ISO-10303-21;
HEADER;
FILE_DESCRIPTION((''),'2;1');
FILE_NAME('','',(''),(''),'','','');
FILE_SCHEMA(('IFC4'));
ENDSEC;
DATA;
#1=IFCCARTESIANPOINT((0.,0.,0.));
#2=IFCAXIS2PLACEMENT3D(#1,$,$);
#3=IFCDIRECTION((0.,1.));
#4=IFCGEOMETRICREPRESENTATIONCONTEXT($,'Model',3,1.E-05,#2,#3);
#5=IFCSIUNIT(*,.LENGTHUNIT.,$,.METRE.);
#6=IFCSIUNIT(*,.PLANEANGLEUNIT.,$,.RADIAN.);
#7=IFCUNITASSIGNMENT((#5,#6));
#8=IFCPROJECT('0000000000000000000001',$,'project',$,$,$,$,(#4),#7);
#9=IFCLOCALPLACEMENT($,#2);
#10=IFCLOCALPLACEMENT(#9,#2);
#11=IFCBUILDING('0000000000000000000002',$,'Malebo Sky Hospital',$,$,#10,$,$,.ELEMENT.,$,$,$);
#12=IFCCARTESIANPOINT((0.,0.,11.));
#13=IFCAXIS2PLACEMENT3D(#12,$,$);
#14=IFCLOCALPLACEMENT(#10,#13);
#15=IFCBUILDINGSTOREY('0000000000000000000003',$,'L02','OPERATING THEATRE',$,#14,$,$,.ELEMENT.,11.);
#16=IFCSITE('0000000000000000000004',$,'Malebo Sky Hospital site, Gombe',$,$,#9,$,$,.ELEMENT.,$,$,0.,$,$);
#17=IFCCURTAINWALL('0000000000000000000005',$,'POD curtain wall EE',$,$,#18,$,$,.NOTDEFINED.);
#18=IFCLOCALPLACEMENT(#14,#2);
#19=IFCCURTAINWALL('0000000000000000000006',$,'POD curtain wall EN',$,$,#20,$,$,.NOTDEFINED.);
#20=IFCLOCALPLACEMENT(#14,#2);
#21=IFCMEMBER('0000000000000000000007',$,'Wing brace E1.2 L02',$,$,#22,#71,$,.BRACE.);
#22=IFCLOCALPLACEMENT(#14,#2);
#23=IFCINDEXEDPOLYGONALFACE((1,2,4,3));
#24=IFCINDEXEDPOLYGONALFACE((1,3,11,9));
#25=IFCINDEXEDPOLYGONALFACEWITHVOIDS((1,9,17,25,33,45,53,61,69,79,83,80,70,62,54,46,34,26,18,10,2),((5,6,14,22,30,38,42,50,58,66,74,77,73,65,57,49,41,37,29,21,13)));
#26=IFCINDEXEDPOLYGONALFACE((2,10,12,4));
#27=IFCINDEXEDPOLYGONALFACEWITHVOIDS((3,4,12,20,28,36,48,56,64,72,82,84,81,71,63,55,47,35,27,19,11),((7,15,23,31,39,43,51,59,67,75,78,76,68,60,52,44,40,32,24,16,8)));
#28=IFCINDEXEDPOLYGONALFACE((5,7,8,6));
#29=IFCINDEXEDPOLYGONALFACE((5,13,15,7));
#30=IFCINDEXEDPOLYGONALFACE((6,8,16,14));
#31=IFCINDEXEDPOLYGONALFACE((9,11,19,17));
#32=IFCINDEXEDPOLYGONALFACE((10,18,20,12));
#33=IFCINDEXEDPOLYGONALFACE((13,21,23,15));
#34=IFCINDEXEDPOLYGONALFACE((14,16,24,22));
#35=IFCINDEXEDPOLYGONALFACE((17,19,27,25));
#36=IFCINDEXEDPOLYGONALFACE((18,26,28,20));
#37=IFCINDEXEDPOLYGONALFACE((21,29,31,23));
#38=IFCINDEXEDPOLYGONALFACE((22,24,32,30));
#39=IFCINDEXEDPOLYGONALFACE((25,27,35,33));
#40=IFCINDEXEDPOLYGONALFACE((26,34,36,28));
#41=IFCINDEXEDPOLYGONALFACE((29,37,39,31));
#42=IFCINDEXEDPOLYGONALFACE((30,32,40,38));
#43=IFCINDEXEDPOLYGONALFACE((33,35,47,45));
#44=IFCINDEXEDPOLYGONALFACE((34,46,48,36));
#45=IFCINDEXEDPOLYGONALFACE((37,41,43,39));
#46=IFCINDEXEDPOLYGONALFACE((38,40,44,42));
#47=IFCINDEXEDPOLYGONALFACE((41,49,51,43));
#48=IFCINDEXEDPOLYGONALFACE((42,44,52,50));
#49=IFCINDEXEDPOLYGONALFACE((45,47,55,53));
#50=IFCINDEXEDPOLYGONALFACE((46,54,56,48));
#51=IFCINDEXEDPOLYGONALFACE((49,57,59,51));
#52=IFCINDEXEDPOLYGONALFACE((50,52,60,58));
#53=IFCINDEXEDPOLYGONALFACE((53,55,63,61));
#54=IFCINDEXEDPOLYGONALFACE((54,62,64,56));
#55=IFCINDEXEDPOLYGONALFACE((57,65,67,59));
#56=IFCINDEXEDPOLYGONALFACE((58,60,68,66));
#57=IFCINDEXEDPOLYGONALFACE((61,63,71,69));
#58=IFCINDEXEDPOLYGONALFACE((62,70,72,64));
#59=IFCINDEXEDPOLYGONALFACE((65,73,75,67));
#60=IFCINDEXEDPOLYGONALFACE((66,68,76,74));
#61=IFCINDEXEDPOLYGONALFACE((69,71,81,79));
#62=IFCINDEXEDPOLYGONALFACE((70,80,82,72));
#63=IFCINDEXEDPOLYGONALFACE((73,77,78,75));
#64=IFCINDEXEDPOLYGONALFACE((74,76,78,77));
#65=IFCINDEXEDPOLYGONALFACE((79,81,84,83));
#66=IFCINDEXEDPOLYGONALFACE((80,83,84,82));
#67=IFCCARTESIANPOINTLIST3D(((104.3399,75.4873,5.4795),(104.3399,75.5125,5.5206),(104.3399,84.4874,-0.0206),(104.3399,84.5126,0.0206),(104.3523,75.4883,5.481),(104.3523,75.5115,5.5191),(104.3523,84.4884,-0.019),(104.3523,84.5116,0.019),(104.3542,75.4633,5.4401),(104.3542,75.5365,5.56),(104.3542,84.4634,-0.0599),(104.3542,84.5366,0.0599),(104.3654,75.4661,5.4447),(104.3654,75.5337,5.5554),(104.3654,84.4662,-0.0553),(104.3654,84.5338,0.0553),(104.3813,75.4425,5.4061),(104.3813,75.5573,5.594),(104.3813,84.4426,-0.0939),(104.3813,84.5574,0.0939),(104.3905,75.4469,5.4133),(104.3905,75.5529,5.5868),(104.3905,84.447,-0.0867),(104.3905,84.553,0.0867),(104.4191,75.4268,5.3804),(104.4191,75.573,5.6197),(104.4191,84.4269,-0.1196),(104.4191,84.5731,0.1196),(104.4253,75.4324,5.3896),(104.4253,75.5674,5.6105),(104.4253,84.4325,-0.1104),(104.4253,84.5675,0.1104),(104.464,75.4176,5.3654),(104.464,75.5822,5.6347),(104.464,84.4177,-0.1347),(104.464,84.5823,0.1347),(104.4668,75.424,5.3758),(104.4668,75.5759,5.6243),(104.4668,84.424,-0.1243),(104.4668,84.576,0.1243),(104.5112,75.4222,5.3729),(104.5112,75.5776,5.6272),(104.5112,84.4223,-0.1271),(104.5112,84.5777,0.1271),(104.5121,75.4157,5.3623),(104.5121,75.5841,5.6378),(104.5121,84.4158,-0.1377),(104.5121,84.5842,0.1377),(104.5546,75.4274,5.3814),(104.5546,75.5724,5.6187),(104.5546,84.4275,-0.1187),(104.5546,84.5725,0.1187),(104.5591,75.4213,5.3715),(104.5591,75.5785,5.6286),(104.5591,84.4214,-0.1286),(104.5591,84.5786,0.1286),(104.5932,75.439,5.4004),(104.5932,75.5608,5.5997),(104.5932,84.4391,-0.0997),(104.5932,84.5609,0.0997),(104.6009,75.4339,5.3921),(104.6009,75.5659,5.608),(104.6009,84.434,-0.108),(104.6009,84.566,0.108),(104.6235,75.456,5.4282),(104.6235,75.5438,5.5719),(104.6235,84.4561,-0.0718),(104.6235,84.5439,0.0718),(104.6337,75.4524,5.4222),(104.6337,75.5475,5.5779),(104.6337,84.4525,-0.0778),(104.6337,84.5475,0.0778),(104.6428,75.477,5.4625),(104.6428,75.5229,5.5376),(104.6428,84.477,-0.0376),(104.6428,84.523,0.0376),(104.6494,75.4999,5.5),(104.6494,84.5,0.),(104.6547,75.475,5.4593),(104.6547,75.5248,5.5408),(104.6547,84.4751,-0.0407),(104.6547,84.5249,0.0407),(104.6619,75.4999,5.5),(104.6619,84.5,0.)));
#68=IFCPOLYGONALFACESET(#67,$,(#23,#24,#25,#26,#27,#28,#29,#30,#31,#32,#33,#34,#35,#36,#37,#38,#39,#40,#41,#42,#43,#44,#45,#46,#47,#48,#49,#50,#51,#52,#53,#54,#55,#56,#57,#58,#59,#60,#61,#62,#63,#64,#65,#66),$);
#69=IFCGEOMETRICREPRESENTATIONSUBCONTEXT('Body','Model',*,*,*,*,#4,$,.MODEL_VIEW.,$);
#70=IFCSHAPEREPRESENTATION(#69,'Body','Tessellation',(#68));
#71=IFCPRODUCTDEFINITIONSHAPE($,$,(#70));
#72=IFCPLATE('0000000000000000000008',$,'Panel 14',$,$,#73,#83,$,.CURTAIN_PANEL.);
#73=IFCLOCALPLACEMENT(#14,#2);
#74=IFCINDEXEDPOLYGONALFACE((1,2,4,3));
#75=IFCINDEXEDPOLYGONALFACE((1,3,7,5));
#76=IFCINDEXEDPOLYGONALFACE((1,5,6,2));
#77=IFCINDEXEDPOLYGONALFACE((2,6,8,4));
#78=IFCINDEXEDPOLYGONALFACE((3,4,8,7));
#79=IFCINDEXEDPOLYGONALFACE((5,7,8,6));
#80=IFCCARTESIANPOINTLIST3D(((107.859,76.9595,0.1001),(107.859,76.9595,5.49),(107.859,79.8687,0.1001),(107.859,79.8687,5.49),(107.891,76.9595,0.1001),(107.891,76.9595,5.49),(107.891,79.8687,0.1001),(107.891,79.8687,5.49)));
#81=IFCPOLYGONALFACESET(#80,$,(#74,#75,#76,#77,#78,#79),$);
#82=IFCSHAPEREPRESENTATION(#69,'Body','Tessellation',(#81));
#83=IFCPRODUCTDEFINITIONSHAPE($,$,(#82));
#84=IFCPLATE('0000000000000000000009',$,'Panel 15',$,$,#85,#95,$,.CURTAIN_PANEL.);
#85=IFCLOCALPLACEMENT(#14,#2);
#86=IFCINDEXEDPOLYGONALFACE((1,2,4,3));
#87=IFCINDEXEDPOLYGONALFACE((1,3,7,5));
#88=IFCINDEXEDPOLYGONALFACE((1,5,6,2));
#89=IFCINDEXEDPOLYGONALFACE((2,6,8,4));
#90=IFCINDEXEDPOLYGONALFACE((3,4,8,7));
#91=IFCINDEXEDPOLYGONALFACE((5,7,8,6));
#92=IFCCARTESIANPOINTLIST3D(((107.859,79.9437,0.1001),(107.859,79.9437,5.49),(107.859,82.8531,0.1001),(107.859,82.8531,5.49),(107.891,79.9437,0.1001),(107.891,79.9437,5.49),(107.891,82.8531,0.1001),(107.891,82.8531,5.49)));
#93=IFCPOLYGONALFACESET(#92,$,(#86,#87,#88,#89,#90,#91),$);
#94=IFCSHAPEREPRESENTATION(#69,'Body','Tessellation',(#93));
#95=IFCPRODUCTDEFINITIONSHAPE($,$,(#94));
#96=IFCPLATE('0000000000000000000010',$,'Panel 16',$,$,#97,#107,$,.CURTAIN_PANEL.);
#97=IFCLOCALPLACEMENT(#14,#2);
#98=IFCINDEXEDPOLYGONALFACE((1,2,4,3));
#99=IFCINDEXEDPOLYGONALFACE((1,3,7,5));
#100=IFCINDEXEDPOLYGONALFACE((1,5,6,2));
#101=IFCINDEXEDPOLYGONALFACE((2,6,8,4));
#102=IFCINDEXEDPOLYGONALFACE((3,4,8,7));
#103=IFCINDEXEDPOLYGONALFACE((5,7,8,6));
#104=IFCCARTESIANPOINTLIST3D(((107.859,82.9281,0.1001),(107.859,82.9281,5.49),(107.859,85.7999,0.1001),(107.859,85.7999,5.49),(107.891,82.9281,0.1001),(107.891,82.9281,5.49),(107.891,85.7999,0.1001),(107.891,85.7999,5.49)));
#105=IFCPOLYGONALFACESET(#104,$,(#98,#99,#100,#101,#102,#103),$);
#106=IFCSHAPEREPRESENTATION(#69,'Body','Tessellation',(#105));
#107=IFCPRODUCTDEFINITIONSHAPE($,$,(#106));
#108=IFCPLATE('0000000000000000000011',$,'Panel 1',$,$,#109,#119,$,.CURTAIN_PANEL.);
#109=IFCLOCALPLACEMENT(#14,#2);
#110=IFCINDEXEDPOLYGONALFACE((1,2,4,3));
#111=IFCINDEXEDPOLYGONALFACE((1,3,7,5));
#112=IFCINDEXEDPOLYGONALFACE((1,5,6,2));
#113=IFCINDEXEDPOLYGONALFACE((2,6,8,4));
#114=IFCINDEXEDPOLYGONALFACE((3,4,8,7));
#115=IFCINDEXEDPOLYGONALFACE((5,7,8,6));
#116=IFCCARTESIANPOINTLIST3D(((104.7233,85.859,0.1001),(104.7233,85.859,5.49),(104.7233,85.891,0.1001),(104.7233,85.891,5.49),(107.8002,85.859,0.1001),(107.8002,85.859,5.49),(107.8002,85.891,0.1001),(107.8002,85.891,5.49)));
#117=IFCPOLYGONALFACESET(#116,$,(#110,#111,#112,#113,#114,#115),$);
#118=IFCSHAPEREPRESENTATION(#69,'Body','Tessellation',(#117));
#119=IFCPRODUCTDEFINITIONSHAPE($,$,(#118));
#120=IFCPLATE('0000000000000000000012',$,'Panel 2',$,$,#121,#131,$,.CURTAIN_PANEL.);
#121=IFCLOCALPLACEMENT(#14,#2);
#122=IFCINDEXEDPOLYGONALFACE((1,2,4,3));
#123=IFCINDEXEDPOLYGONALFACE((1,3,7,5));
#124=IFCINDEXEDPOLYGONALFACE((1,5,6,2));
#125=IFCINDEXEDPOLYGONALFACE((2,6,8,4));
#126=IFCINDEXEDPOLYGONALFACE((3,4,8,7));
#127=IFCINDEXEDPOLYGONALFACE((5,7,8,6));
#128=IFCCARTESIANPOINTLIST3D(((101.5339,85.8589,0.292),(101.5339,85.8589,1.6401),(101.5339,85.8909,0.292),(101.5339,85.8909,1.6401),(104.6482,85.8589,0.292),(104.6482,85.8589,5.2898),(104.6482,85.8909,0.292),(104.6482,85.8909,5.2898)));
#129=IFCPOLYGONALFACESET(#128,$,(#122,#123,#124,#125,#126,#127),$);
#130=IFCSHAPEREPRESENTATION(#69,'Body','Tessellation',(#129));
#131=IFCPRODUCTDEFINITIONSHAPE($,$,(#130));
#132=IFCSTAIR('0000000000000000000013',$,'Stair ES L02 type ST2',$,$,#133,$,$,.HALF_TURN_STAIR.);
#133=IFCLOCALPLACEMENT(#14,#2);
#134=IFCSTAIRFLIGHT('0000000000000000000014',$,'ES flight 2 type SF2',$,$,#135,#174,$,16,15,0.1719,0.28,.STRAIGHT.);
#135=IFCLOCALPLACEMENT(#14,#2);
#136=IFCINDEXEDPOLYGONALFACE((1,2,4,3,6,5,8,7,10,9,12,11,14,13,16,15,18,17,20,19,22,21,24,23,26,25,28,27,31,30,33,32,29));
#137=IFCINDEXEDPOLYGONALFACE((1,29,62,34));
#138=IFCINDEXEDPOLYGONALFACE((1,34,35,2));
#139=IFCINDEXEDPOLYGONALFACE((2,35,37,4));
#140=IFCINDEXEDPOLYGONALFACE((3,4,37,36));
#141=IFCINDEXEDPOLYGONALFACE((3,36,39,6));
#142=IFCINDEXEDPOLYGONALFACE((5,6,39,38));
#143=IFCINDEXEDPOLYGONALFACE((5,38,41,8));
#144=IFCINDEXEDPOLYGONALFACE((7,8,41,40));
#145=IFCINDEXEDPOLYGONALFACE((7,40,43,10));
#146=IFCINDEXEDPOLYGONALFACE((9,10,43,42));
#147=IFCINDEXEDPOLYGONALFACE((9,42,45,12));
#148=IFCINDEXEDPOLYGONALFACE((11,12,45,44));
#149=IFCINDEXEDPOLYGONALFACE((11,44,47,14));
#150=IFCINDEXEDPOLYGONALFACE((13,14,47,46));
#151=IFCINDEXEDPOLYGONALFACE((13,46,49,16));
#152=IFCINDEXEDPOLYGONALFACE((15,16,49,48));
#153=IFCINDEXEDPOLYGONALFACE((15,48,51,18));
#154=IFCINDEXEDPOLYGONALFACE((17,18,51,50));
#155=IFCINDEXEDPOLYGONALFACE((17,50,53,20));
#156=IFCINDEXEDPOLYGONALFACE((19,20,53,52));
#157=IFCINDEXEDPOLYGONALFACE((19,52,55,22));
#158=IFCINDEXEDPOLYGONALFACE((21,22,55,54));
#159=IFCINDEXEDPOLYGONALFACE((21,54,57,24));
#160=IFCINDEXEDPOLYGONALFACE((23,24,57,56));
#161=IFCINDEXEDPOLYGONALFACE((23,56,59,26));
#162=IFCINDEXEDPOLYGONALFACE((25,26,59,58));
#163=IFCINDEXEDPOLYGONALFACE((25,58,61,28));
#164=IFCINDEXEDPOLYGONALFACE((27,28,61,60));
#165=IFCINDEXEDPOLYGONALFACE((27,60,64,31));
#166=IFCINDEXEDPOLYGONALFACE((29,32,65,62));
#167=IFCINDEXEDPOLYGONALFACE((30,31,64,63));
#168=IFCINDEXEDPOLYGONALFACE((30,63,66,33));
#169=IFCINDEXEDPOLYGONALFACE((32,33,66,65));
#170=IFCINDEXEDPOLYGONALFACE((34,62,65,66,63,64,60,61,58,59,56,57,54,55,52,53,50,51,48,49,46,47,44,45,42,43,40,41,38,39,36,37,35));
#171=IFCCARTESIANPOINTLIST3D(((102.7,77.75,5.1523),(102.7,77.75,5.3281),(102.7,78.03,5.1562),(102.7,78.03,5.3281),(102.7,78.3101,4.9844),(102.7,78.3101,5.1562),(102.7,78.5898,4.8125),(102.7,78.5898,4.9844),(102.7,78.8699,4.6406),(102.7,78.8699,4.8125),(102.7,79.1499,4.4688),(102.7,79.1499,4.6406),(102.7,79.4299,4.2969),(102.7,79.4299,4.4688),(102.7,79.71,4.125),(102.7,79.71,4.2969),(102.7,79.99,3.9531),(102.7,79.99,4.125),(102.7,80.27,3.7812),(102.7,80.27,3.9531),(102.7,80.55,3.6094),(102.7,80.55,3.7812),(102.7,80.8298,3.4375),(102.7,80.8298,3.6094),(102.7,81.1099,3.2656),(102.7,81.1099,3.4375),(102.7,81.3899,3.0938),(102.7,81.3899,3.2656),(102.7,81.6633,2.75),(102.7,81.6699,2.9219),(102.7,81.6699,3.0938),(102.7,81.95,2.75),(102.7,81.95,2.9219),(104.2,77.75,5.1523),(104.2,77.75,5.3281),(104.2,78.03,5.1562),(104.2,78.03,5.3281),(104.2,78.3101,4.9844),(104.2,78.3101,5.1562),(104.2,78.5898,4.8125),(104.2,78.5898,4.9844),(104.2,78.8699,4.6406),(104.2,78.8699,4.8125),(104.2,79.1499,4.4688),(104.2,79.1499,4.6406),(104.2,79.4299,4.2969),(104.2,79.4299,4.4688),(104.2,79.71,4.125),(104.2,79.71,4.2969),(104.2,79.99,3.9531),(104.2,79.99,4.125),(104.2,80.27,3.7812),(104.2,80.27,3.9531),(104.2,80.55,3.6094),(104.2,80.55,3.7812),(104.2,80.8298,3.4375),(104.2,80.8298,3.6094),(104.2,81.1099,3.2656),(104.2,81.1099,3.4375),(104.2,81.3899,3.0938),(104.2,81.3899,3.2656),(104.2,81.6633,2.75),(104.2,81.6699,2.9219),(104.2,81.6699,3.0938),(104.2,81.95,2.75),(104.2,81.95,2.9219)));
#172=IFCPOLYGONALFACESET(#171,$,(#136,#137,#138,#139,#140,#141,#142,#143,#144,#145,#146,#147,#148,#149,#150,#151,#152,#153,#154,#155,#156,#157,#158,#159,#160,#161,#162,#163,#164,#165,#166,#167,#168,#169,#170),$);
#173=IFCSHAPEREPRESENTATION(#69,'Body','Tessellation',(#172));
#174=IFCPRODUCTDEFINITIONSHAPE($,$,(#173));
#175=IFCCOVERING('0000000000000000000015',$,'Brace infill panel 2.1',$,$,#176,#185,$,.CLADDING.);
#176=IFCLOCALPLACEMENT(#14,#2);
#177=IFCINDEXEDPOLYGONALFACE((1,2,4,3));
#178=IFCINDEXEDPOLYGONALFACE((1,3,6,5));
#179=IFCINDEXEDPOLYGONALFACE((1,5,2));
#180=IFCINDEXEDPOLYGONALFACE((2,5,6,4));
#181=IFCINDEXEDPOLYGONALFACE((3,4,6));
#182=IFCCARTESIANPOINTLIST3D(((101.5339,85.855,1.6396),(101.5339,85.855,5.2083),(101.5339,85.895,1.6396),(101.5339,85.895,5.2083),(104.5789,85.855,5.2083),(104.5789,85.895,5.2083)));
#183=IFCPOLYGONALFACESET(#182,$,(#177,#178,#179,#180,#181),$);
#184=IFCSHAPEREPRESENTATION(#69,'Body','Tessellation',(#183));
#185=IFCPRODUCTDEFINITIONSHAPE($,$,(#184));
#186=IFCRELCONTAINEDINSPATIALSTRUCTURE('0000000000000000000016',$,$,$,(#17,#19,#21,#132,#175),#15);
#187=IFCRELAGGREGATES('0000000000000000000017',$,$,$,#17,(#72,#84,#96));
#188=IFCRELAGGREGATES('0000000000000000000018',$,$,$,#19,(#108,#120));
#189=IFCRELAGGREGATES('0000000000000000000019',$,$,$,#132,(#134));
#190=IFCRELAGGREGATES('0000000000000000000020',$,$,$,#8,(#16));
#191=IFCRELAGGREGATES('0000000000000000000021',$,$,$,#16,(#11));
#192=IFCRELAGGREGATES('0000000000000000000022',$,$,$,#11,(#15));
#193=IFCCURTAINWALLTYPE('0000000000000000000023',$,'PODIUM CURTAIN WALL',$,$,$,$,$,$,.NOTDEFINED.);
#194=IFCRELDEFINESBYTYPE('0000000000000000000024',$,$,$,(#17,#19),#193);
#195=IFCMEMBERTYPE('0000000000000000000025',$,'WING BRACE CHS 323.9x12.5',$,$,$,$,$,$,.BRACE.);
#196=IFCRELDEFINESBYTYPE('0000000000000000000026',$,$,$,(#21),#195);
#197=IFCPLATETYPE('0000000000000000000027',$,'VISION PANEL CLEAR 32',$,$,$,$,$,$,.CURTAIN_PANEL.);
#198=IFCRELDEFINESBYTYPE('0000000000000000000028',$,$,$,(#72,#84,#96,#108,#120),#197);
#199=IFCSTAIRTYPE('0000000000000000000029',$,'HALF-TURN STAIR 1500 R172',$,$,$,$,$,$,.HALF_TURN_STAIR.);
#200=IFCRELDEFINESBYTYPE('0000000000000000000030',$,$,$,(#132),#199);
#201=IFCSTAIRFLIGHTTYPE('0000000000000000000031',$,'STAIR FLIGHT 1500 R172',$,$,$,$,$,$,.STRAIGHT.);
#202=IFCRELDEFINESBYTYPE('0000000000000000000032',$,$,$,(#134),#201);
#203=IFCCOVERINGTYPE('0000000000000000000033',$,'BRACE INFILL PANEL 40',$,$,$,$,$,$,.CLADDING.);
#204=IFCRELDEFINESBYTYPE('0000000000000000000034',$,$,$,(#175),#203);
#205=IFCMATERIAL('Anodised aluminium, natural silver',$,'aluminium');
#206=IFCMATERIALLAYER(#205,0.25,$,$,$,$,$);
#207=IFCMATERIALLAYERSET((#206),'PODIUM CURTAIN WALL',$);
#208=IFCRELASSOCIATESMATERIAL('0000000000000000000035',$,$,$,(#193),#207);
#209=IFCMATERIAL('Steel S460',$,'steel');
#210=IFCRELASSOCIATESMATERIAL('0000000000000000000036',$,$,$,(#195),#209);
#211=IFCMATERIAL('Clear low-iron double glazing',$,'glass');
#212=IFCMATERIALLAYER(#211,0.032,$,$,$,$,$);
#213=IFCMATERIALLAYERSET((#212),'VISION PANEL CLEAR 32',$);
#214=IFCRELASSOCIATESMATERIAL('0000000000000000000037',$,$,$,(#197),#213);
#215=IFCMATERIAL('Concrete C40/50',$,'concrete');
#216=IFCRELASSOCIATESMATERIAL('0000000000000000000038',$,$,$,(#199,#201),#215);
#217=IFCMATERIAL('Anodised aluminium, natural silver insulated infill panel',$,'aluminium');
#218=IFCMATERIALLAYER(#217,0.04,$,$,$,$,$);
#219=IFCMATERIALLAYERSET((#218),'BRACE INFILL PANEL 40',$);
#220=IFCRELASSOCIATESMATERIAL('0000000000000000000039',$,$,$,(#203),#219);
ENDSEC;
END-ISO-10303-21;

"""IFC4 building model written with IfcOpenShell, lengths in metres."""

from ifc_helpers import new_model, si_unit, direction, frame, origin, origin_2d, place, context, subcontext, project, spatial, polyline, rectangle, hollow_circle, outline, extrude, material, layer, layer_set, material_profile, profile_set, type_object, element, aggregate, save


model = new_model("IFC4")

# Units and contexts
model_context = context("Model", 3, precision=1e-05, world=origin(), true_north=direction((0.0, 1.0)))
body_context = subcontext(model_context, "Body", "Model", "MODEL_VIEW")
ifc_project = project(units=[si_unit("LENGTHUNIT", "METRE"), si_unit("PLANEANGLEUNIT", "RADIAN")], contexts=[model_context])

# Site, building, storey
site_placement = place(None, origin())
site = spatial("IfcSite", under=ifc_project, at=site_placement, Name="Malebo Sky Hospital site, Gombe", CompositionType="ELEMENT", RefElevation=0.0)
building_placement = place(site_placement, origin())
building = spatial("IfcBuilding", under=site, at=building_placement, Name="Malebo Sky Hospital", CompositionType="ELEMENT")
storey_placement = place(building_placement, frame((0.0, 0.0, 11.0)))
storey = spatial("IfcBuildingStorey", under=building, at=storey_placement, Name="L02", Description="OPERATING THEATRE", CompositionType="ELEMENT", Elevation=11.0)

# Curtain walls
ifc_material_1 = material(Name="Anodised aluminium, natural silver", Category="aluminium")
ifc_layer_1 = layer(ifc_material_1, 0.25)
ifc_layer_set_1 = layer_set([ifc_layer_1], Name="PODIUM CURTAIN WALL")
curtain_wall_type = type_object("IfcCurtainWallType", Name="PODIUM CURTAIN WALL", PredefinedType="NOTDEFINED", material=ifc_layer_set_1)
curtain_wall_1_placement = place(storey_placement, origin())
curtain_wall_1 = element("IfcCurtainWall", 1, at=curtain_wall_1_placement, inside=storey, type_object=curtain_wall_type, Name="POD curtain wall EE", PredefinedType="NOTDEFINED")
curtain_wall_2_placement = place(storey_placement, origin())
curtain_wall_2 = element("IfcCurtainWall", 2, at=curtain_wall_2_placement, inside=storey, type_object=curtain_wall_type, Name="POD curtain wall EN", PredefinedType="NOTDEFINED")

# Member
ifc_material_2 = material(Name="Steel S460", Category="steel")
ifc_material_profile_1 = material_profile(ifc_material_2, hollow_circle(Radius=0.1619, WallThickness=0.0125, at=origin_2d()), Name="CHS 323.9x12.5")
ifc_profile_set_1 = profile_set([ifc_material_profile_1], Name="Steel S460")
member_type_1 = type_object("IfcMemberType", Name="WING BRACE CHS 323.9x12.5", PredefinedType="BRACE", material=ifc_profile_set_1)
member_1_placement = place(storey_placement, frame((104.5, 84.5, 0.0), z_axis=(0.0, -0.853282, 0.52145), x_axis=(1.0, 0.0, 0.0)))
element("IfcMember", 3, at=member_1_placement, inside=storey, type_object=member_type_1, Name="Wing brace E1.2 L02", PredefinedType="BRACE", context=body_context, shape_type="SweptSolid", body=[
    extrude(hollow_circle(Radius=0.1619, WallThickness=0.0125, at=origin_2d()), origin(), (0.0, 0.0, 1.0), 10.5476),
])

# Plates
ifc_material_3 = material(Name="Clear low-iron double glazing", Category="glass")
ifc_layer_2 = layer(ifc_material_3, 0.032)
ifc_layer_set_2 = layer_set([ifc_layer_2], Name="VISION PANEL CLEAR 32")
plate_type = type_object("IfcPlateType", Name="VISION PANEL CLEAR 32", PredefinedType="CURTAIN_PANEL", material=ifc_layer_set_2)
plate_1_placement = place(storey_placement, frame((107.875, 78.4141, 0.1001), z_axis=(0.0, 0.0, 1.0), x_axis=(0.0, 1.0, 0.0)))
plate_1 = element("IfcPlate", 4, at=plate_1_placement, type_object=plate_type, Name="Panel 14", PredefinedType="CURTAIN_PANEL", context=body_context, shape_type="SweptSolid", body=[
    extrude(rectangle(XDim=2.9092, YDim=0.032, at=origin_2d()), origin(), (0.0, 0.0, 1.0), 5.3899),
])
plate_2_placement = place(storey_placement, frame((107.875, 81.3984, 0.1001), z_axis=(0.0, 0.0, 1.0), x_axis=(0.0, 1.0, 0.0)))
plate_2 = element("IfcPlate", 5, at=plate_2_placement, type_object=plate_type, Name="Panel 15", PredefinedType="CURTAIN_PANEL", context=body_context, shape_type="SweptSolid", body=[
    extrude(rectangle(XDim=2.9094, YDim=0.032, at=origin_2d()), origin(), (0.0, 0.0, 1.0), 5.3899),
])
plate_3_placement = place(storey_placement, frame((107.875, 84.364, 0.1001), z_axis=(0.0, 0.0, 1.0), x_axis=(0.0, 1.0, 0.0)))
plate_3 = element("IfcPlate", 6, at=plate_3_placement, type_object=plate_type, Name="Panel 16", PredefinedType="CURTAIN_PANEL", context=body_context, shape_type="SweptSolid", body=[
    extrude(rectangle(XDim=2.8718, YDim=0.032, at=origin_2d()), origin(), (0.0, 0.0, 1.0), 5.3899),
])
aggregate(curtain_wall_1, [plate_1, plate_2, plate_3])
plate_4_placement = place(storey_placement, frame((106.2617, 85.875, 0.1001), z_axis=(0.0, 0.0, 1.0), x_axis=(-1.0, 0.0, 0.0)))
plate_4 = element("IfcPlate", 7, at=plate_4_placement, type_object=plate_type, Name="Panel 1", PredefinedType="CURTAIN_PANEL", context=body_context, shape_type="SweptSolid", body=[
    extrude(rectangle(XDim=3.0769, YDim=0.032, at=origin_2d()), origin(), (0.0, 0.0, 1.0), 5.3899),
])
plate_5_placement = place(storey_placement, frame((103.0911, 85.875, 0.292), z_axis=(0.0, 0.0, 1.0), x_axis=(-1.0, 0.0, 0.0)))
plate_5 = element("IfcPlate", 8, at=plate_5_placement, type_object=plate_type, Name="Panel 2", PredefinedType="CURTAIN_PANEL", context=body_context, shape_type="SweptSolid", body=[
    extrude(outline(polyline([(-1.5571, 0.0), (1.5571, 0.0), (1.5571, 1.3481), (-1.5571, 4.9978), (-1.5571, 0.0)])), frame((0.0, 0.0161, 0.0), z_axis=(0.0, -1.0, 0.0), x_axis=(1.0, 0.0, 0.0)), (0.0, 0.0, 1.0), 0.032),
])
aggregate(curtain_wall_2, [plate_4, plate_5])

# Stair, stair flight
ifc_material_4 = material(Name="Concrete C40/50", Category="concrete")
stair_type = type_object("IfcStairType", Name="HALF-TURN STAIR 1500 R172", PredefinedType="HALF_TURN_STAIR", material=ifc_material_4)
stair_placement = place(storey_placement, origin())
stair = element("IfcStair", 9, at=stair_placement, inside=storey, type_object=stair_type, Name="Stair ES L02 type ST2", PredefinedType="HALF_TURN_STAIR")
stair_flight_type = type_object("IfcStairFlightType", Name="STAIR FLIGHT 1500 R172", PredefinedType="STRAIGHT", material=ifc_material_4)
stair_flight_placement = place(storey_placement, frame((103.45, 81.95, 2.75), z_axis=(0.0, 0.0, 1.0), x_axis=(0.0, -1.0, 0.0)))
stair_flight = element("IfcStairFlight", 10, at=stair_flight_placement, type_object=stair_flight_type, Name="ES flight 2 type SF2", NumberOfRisers=16, NumberOfTreads=15, PredefinedType="STRAIGHT", RiserHeight=0.1719, TreadLength=0.28, context=body_context, shape_type="SweptSolid", body=[
    extrude(outline(polyline([(0.0, 0.0), (0.0, 0.1719), (0.28, 0.1719), (0.28, 0.3438), (0.5601, 0.3438), (0.5601, 0.5156), (0.8401, 0.5156), (0.8401, 0.6875), (1.1201, 0.6875), (1.1201, 0.8594), (1.3999, 0.8594), (1.3999, 1.0312), (1.6799, 1.0312), (1.6799, 1.2031), (1.96, 1.2031), (1.96, 1.375), (2.24, 1.375), (2.24, 1.5469), (2.52, 1.5469), (2.52, 1.7188), (2.8, 1.7188), (2.8, 1.8906), (3.0801, 1.8906), (3.0801, 2.0625), (3.3601, 2.0625), (3.3601, 2.2344), (3.6399, 2.2344), (3.6399, 2.4062), (3.9199, 2.4062), (3.9199, 2.5781), (4.2, 2.5781), (4.2, 2.75), (4.2, 2.4023), (0.2866, 0.0), (0.0, 0.0)])), frame((0.0, 0.75, 0.0), z_axis=(0.0, -1.0, 0.0), x_axis=(1.0, 0.0, 0.0)), (0.0, 0.0, 1.0), 1.5),
])
aggregate(stair, [stair_flight])

# Covering
ifc_material_5 = material(Name="Anodised aluminium, natural silver insulated infill panel", Category="aluminium")
ifc_layer_3 = layer(ifc_material_5, 0.04)
ifc_layer_set_3 = layer_set([ifc_layer_3], Name="BRACE INFILL PANEL 40")
covering_type = type_object("IfcCoveringType", Name="BRACE INFILL PANEL 40", PredefinedType="CLADDING", material=ifc_layer_set_3)
covering_1_placement = place(storey_placement, frame((103.0564, 85.875, 1.6396), z_axis=(0.0, 0.0, 1.0), x_axis=(-1.0, 0.0, 0.0)))
element("IfcCovering", 11, at=covering_1_placement, inside=storey, type_object=covering_type, Name="Brace infill panel 2.1", PredefinedType="CLADDING", context=body_context, shape_type="SweptSolid", body=[
    extrude(outline(polyline([(1.5225, 0.0), (1.5225, 3.5686), (-1.5225, 3.5686), (1.5225, 0.0)])), frame((0.0, 0.02, 0.0), z_axis=(0.0, -1.0, 0.0), x_axis=(1.0, 0.0, 0.0)), (0.0, 0.0, 1.0), 0.04),
])

save(model, "model.ifc")
